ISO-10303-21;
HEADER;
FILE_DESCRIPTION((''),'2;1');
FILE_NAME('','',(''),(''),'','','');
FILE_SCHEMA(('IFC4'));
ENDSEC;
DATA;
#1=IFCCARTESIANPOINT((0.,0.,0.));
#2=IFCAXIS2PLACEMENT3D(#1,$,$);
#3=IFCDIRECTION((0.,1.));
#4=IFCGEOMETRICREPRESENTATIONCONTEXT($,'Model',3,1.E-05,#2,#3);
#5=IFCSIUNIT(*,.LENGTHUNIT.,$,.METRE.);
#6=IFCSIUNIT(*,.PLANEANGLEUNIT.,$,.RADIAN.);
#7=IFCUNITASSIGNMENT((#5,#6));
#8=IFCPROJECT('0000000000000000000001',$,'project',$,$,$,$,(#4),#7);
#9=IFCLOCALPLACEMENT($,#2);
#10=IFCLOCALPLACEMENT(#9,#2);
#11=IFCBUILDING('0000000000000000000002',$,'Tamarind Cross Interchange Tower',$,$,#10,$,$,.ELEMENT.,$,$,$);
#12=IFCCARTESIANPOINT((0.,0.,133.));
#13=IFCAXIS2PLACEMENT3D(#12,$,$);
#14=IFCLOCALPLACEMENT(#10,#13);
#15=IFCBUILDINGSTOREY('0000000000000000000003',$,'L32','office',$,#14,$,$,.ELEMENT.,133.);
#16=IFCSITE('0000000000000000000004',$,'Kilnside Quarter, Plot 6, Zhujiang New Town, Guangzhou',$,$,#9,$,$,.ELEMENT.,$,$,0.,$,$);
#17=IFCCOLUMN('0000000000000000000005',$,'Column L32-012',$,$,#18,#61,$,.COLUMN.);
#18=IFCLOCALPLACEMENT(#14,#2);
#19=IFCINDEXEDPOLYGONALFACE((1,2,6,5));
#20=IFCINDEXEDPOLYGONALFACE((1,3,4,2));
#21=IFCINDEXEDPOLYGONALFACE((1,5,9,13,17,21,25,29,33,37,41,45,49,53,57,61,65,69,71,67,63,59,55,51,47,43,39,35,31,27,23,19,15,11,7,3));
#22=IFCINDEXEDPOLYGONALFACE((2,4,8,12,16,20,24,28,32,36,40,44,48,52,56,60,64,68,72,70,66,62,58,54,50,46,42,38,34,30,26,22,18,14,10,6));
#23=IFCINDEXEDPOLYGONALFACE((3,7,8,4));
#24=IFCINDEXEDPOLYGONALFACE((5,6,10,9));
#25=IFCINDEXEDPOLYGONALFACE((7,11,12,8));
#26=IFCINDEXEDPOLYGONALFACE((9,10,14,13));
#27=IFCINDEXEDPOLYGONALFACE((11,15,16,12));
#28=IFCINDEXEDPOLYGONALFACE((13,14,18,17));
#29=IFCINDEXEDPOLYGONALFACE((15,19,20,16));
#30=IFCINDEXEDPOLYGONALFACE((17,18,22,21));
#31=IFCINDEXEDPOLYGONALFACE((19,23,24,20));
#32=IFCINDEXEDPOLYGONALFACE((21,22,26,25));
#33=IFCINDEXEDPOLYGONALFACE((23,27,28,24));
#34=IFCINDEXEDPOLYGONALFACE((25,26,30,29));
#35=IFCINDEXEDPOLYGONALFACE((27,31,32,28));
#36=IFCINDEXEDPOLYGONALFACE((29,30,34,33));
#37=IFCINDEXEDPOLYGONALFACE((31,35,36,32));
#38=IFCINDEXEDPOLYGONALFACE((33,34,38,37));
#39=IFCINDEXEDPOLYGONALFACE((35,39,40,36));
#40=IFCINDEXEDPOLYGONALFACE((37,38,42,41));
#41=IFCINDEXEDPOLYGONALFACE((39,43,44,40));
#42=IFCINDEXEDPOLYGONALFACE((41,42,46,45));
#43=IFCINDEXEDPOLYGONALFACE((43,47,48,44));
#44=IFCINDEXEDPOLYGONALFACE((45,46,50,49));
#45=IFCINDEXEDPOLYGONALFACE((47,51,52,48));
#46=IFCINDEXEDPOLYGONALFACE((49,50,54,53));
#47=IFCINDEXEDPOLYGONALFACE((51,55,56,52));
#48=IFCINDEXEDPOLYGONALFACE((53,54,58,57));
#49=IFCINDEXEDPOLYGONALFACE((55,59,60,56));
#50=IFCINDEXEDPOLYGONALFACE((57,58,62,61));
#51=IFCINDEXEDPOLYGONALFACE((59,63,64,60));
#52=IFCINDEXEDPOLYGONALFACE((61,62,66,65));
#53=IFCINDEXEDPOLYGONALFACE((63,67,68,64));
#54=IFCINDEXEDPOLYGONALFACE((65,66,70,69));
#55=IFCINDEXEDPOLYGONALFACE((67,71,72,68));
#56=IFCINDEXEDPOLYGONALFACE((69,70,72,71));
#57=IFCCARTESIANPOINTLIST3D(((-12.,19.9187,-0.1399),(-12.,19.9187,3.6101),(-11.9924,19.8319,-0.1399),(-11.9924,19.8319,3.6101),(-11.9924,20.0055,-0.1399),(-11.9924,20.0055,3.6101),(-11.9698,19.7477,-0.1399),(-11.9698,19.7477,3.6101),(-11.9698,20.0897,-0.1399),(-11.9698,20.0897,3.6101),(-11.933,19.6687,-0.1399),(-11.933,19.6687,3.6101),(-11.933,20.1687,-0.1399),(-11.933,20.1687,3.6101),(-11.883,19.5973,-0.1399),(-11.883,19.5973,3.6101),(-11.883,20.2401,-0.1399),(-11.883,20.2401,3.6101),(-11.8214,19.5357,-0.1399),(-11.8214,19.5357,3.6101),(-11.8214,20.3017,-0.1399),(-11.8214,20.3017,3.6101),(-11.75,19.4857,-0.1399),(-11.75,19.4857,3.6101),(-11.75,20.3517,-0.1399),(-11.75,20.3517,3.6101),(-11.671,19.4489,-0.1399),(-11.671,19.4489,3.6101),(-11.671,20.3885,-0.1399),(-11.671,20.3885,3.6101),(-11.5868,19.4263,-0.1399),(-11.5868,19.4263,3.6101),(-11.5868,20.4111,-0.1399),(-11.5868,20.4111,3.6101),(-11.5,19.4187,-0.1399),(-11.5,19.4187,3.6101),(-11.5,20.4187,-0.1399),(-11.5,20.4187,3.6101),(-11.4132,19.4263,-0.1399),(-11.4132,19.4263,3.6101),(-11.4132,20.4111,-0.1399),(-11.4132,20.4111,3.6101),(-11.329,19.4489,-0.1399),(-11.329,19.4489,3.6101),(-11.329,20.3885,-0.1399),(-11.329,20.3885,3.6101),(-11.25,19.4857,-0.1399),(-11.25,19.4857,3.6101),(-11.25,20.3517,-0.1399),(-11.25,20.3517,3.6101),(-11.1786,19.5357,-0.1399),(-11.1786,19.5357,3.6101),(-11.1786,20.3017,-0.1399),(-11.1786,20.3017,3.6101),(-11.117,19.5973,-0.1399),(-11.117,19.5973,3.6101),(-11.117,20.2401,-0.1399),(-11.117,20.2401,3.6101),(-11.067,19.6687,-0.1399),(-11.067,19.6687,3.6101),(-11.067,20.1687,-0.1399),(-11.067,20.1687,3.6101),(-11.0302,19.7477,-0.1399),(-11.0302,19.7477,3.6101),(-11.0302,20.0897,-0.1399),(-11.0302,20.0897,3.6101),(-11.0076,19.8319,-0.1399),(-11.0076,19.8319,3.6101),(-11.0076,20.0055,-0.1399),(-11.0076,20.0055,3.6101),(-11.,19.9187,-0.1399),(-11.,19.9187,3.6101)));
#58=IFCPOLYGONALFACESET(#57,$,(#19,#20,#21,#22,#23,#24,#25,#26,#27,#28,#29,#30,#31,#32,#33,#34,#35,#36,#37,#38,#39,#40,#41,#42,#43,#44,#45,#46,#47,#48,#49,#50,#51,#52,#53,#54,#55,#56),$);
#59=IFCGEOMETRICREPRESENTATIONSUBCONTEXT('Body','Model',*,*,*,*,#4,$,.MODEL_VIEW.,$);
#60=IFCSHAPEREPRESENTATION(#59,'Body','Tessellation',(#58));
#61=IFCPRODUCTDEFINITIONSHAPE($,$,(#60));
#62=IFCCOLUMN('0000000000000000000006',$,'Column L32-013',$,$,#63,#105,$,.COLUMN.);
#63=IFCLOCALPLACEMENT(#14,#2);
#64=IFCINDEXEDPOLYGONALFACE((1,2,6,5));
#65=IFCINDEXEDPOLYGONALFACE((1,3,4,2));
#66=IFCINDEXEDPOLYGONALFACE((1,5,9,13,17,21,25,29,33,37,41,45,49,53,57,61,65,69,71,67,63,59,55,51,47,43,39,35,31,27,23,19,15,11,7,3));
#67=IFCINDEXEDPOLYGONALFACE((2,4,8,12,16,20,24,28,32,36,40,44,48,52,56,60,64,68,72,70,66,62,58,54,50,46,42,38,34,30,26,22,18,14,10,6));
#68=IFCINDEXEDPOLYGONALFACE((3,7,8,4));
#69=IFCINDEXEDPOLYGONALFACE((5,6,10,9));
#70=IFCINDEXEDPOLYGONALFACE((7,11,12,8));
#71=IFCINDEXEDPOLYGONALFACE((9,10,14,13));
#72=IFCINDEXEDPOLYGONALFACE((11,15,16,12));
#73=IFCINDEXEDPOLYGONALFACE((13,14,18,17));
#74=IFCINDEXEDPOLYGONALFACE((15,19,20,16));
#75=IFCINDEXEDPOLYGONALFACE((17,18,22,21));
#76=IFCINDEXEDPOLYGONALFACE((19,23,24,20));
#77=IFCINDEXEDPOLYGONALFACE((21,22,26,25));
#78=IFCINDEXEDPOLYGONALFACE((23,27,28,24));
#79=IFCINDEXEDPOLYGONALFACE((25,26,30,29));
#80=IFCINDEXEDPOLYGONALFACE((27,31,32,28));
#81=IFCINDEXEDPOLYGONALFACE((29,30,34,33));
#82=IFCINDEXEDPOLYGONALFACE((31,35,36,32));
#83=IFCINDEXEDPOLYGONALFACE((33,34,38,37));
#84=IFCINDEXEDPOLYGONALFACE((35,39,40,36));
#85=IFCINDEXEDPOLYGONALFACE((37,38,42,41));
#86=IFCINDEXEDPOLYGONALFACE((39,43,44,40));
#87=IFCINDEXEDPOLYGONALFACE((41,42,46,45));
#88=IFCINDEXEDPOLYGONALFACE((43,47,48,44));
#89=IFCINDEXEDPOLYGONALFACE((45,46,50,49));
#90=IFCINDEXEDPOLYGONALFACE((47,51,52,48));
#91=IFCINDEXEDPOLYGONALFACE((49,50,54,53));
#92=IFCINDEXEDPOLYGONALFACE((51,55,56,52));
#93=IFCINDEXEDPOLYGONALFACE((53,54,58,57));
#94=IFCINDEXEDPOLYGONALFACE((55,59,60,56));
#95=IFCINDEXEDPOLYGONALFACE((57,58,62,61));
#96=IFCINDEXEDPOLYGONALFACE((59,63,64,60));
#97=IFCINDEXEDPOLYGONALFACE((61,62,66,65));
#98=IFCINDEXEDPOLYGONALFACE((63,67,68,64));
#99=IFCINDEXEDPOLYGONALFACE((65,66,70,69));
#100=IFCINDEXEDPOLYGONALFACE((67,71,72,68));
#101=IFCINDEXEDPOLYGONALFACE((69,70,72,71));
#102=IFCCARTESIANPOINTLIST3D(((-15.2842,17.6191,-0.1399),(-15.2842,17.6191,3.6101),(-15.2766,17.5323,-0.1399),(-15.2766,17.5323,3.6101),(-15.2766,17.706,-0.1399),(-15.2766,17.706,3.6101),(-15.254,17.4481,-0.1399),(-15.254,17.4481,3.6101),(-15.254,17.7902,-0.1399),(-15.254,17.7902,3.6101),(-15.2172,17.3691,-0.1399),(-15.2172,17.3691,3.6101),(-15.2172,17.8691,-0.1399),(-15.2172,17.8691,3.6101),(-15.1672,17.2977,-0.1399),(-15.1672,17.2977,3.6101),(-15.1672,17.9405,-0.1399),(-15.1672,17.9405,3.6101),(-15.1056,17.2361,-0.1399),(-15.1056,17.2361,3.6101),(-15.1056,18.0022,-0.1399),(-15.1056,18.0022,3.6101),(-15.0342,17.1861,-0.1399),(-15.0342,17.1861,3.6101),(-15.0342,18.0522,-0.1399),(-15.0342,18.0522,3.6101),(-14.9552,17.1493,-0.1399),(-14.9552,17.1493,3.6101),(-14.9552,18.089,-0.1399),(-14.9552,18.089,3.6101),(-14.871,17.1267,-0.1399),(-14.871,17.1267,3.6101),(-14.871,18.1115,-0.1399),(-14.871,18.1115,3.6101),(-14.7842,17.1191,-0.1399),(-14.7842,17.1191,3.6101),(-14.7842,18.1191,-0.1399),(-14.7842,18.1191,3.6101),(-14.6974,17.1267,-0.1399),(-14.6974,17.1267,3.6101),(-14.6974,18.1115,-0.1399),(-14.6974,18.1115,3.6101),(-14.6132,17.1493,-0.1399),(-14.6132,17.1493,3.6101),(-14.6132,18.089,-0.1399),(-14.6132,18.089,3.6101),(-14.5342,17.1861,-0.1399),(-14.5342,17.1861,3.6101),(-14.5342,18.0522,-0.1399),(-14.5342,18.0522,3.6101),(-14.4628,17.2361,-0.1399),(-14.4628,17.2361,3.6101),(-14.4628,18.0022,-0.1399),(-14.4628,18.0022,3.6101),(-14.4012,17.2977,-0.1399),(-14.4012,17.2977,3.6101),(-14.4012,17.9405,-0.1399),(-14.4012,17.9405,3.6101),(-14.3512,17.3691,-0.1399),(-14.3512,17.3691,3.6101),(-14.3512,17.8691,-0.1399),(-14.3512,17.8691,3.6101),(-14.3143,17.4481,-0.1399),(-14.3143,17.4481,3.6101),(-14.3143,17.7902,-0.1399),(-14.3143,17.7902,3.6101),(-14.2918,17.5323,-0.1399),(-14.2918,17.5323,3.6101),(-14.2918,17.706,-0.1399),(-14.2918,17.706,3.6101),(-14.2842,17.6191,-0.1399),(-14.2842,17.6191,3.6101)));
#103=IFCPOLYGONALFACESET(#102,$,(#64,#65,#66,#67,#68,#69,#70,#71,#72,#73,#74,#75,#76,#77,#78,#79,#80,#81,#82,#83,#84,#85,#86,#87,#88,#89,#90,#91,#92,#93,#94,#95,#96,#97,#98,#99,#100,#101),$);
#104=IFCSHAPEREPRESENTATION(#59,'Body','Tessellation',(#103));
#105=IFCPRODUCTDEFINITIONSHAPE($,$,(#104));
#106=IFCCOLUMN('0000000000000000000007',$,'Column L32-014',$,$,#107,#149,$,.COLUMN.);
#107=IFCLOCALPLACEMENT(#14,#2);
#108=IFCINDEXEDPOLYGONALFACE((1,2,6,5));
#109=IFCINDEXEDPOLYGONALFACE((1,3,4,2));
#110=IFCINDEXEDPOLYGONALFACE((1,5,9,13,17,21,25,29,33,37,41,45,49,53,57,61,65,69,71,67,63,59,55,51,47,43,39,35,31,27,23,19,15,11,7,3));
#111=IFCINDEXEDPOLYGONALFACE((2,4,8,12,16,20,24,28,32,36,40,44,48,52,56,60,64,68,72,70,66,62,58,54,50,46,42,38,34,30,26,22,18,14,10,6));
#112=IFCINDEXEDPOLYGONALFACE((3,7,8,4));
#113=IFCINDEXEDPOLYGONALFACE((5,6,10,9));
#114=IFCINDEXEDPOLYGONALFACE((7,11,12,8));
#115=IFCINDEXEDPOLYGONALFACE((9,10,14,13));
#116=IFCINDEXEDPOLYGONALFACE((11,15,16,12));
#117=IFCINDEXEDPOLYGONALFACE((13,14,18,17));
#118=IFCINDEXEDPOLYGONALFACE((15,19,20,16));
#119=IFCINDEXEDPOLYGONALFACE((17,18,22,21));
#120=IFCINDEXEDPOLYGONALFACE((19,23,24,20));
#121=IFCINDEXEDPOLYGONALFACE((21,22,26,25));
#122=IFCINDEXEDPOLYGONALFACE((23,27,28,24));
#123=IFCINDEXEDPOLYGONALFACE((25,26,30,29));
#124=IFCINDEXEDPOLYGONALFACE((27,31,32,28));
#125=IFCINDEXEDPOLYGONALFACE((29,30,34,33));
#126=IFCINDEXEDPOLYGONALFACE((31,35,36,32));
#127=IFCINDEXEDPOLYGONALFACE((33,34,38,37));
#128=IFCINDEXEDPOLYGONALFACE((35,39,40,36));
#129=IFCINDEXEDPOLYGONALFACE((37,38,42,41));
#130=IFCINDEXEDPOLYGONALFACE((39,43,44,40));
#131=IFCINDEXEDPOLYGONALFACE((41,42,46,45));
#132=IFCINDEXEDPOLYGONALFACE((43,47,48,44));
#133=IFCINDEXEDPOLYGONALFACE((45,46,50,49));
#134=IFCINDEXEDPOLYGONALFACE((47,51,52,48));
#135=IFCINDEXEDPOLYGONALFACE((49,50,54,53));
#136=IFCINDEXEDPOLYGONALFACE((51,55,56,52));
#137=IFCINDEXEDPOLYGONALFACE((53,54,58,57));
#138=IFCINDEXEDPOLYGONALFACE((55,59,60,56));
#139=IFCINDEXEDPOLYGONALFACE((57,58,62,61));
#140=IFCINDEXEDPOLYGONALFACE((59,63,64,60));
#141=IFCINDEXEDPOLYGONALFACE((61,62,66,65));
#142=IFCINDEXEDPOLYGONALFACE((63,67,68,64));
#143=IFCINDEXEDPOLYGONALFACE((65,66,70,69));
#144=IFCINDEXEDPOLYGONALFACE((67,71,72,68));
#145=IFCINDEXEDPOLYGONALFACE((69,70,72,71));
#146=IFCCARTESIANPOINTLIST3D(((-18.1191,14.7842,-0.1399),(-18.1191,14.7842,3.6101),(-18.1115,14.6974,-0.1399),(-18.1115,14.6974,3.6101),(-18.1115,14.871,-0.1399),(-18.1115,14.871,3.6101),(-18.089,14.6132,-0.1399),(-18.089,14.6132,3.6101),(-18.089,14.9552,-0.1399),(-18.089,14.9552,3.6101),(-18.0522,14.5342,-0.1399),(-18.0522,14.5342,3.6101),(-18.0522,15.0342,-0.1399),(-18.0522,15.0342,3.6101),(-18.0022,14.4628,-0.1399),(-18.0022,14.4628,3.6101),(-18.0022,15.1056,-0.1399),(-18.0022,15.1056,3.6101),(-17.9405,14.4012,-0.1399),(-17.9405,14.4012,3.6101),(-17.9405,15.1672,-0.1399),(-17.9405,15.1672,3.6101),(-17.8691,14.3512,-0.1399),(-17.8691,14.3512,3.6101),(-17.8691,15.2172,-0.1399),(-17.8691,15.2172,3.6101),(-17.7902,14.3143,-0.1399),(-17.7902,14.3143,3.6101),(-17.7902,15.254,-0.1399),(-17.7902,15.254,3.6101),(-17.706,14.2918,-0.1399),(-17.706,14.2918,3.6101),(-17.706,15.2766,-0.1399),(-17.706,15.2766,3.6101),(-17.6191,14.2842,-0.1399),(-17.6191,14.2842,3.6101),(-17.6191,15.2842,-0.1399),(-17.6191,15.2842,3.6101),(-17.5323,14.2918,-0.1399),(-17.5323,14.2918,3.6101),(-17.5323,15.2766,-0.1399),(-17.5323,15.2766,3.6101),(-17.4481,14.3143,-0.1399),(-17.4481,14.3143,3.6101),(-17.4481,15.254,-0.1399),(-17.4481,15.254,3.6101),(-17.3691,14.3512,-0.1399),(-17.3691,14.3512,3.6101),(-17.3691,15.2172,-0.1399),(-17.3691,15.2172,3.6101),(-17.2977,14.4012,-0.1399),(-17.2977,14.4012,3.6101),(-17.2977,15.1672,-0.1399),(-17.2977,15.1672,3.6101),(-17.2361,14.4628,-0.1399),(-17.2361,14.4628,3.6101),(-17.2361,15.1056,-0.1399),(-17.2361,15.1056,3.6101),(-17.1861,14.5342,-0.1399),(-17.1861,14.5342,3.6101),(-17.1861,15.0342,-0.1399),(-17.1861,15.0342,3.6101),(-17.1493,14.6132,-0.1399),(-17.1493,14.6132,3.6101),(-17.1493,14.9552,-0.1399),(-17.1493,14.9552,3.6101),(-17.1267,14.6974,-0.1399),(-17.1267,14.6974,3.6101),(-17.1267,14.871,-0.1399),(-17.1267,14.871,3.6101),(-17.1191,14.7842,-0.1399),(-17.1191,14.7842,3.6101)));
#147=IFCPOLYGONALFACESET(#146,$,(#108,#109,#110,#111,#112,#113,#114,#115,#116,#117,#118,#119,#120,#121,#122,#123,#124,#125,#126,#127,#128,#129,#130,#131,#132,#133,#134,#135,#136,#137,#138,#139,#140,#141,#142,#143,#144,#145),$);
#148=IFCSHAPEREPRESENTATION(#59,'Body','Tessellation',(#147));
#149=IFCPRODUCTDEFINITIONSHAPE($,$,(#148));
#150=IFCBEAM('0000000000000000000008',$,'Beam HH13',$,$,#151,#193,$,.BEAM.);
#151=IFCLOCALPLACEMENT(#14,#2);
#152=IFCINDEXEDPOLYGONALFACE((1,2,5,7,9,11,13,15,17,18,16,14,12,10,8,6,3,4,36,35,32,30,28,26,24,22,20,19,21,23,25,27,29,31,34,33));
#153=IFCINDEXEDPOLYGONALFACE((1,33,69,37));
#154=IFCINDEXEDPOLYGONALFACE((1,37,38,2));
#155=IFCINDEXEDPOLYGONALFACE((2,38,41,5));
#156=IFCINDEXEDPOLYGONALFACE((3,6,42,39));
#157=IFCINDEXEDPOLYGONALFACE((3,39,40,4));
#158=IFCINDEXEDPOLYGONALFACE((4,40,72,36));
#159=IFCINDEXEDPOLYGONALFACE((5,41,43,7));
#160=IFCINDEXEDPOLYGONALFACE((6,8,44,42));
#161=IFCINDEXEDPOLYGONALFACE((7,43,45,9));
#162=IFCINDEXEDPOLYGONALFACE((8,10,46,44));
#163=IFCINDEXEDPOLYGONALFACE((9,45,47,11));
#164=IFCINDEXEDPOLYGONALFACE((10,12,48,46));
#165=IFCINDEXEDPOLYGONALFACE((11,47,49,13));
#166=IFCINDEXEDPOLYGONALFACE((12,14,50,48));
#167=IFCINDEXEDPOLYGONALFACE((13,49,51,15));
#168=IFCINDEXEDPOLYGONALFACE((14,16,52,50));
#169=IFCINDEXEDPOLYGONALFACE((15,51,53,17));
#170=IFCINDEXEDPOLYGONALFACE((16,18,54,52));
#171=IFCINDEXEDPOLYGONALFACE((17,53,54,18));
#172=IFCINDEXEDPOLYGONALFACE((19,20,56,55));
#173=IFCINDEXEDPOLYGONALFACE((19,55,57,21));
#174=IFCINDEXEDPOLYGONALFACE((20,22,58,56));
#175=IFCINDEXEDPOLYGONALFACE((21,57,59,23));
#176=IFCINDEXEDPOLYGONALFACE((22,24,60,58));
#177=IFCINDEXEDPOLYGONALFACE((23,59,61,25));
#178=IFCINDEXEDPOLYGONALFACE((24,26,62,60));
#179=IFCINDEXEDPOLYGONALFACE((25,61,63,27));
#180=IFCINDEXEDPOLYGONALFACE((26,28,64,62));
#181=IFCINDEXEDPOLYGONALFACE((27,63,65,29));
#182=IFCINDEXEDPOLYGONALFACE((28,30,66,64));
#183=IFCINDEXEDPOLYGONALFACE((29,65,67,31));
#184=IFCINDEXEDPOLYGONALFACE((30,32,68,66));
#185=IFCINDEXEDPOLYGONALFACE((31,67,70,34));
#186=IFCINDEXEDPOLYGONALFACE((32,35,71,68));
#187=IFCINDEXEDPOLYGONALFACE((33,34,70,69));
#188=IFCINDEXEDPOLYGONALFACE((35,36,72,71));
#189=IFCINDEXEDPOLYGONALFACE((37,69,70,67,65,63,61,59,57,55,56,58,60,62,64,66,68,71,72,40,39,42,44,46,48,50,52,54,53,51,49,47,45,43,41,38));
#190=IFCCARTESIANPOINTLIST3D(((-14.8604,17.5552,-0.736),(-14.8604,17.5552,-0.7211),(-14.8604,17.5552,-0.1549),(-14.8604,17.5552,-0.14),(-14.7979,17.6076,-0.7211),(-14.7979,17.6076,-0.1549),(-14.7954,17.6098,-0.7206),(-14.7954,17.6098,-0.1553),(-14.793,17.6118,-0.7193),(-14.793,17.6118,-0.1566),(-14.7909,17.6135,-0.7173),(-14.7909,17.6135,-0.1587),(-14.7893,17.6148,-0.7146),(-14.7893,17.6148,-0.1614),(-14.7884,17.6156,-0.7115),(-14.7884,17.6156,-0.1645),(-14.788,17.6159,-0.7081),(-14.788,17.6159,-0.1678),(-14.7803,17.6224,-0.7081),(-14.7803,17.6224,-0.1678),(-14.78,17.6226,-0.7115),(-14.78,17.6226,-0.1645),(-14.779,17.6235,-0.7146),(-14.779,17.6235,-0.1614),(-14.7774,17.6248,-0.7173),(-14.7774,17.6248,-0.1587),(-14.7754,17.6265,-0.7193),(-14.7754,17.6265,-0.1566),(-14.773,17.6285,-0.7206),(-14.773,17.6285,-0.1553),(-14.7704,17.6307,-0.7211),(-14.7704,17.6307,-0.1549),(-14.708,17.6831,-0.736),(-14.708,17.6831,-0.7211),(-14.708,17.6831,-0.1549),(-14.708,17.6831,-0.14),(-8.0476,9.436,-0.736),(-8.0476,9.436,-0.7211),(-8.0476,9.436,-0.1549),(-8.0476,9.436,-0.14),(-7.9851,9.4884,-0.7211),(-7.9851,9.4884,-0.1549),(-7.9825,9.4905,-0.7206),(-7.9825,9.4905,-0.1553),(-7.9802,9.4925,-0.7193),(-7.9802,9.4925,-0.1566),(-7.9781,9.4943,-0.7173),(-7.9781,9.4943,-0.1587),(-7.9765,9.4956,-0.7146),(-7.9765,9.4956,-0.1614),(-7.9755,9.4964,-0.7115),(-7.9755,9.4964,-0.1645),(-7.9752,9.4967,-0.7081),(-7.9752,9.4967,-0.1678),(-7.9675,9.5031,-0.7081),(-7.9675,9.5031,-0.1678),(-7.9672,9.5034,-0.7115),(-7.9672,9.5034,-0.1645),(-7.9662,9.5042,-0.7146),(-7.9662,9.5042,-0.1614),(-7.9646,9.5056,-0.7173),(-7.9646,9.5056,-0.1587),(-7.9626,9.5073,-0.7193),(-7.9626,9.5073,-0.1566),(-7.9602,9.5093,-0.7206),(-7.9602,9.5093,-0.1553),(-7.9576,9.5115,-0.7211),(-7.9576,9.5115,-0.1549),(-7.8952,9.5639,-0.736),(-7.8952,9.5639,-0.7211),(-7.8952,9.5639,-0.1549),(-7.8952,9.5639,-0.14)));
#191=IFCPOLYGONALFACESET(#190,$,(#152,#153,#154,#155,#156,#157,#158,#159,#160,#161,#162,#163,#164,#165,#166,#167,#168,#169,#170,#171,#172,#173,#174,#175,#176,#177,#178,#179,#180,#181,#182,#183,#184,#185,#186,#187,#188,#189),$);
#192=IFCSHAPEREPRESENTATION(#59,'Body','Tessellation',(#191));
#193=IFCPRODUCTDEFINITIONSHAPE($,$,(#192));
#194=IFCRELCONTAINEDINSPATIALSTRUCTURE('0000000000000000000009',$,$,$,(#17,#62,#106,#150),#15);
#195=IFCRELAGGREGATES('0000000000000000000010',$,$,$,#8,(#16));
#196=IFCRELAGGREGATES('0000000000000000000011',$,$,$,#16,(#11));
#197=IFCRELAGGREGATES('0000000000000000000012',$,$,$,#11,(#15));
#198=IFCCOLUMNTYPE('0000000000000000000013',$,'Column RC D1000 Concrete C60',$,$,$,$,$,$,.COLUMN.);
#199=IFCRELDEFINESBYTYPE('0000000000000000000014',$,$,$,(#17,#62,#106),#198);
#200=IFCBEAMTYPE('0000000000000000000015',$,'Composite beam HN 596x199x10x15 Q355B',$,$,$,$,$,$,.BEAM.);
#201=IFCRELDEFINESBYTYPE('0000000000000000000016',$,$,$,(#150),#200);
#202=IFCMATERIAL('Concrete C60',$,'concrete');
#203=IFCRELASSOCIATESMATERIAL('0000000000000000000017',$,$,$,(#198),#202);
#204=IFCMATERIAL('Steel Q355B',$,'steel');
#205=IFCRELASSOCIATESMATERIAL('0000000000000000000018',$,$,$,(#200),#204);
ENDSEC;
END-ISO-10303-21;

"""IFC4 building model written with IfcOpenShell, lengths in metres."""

from ifc_helpers import new_model, si_unit, direction, frame, origin, origin_2d, place, context, subcontext, project, spatial, circle, i_section, extrude, material, material_profile, profile_set, type_object, element, save


model = new_model("IFC4")

# Units and contexts
model_context = context("Model", 3, precision=1e-05, world=origin(), true_north=direction((0.0, 1.0)))
body_context = subcontext(model_context, "Body", "Model", "MODEL_VIEW")
ifc_project = project(units=[si_unit("LENGTHUNIT", "METRE"), si_unit("PLANEANGLEUNIT", "RADIAN")], contexts=[model_context])

# Site, building, storey
site_placement = place(None, origin())
site = spatial("IfcSite", under=ifc_project, at=site_placement, Name="Kilnside Quarter, Plot 6, Zhujiang New Town, Guangzhou", CompositionType="ELEMENT", RefElevation=0.0)
building_placement = place(site_placement, origin())
building = spatial("IfcBuilding", under=site, at=building_placement, Name="Tamarind Cross Interchange Tower", CompositionType="ELEMENT")
storey_placement = place(building_placement, frame((0.0, 0.0, 133.0)))
storey = spatial("IfcBuildingStorey", under=building, at=storey_placement, Name="L32", Description="office", CompositionType="ELEMENT", Elevation=133.0)

# Columns
ifc_material_1 = material(Name="Concrete C60", Category="concrete")
ifc_material_profile_1 = material_profile(ifc_material_1, circle(Radius=0.5, at=origin_2d()), Name="RC D1000")
ifc_profile_set_1 = profile_set([ifc_material_profile_1], Name="Concrete C60")
column_type = type_object("IfcColumnType", Name="Column RC D1000 Concrete C60", PredefinedType="COLUMN", material=ifc_profile_set_1)
for number, where, z_axis, x_axis, name in (
    (1, (-11.5, 19.9187, -0.1399), (0.0, 0.0, 1.0), (1.0, 0.0, 0.0), "Column L32-012"),
    (2, (-14.7842, 17.6191, -0.1399), (0.0, 0.0, 1.0), (1.0, 0.0, 0.0), "Column L32-013"),
    (3, (-17.6191, 14.7842, -0.1399), (0.0, 0.0, 1.0), (1.0, 0.0, 0.0), "Column L32-014"),
):
    element("IfcColumn", number, at=place(storey_placement, frame(where, z_axis=z_axis, x_axis=x_axis)), inside=storey, type_object=column_type, Name=name, PredefinedType="COLUMN", context=body_context, shape_type="SweptSolid", body=[
        extrude(circle(Radius=0.5, at=origin_2d()), origin(), (0.0, 0.0, 1.0), 3.75),
    ])

# Beam
ifc_material_2 = material(Name="Steel Q355B", Category="steel")
ifc_material_profile_2 = material_profile(ifc_material_2, i_section(OverallWidth=0.199, OverallDepth=0.5959, WebThickness=0.01, FlangeThickness=0.0149, FilletRadius=0.0129, at=origin_2d()), Name="HN 596x199x10x15")
ifc_profile_set_2 = profile_set([ifc_material_profile_2], Name="Steel Q355B")
beam_type = type_object("IfcBeamType", Name="Composite beam HN 596x199x10x15 Q355B", PredefinedType="BEAM", material=ifc_profile_set_2)
beam_1_placement = place(storey_placement, frame((-14.7842, 17.6191, -0.438), z_axis=(0.642786, -0.766046, 0.0), x_axis=(0.766046, 0.642786, 0.0)))
element("IfcBeam", 4, at=beam_1_placement, inside=storey, type_object=beam_type, Name="Beam HH13", PredefinedType="BEAM", context=body_context, shape_type="SweptSolid", body=[
    extrude(i_section(OverallWidth=0.199, OverallDepth=0.5959, WebThickness=0.01, FlangeThickness=0.0149, FilletRadius=0.0129, at=origin_2d()), origin(), (0.0, 0.0, 1.0), 10.5989),
])

save(model, "model.ifc")
